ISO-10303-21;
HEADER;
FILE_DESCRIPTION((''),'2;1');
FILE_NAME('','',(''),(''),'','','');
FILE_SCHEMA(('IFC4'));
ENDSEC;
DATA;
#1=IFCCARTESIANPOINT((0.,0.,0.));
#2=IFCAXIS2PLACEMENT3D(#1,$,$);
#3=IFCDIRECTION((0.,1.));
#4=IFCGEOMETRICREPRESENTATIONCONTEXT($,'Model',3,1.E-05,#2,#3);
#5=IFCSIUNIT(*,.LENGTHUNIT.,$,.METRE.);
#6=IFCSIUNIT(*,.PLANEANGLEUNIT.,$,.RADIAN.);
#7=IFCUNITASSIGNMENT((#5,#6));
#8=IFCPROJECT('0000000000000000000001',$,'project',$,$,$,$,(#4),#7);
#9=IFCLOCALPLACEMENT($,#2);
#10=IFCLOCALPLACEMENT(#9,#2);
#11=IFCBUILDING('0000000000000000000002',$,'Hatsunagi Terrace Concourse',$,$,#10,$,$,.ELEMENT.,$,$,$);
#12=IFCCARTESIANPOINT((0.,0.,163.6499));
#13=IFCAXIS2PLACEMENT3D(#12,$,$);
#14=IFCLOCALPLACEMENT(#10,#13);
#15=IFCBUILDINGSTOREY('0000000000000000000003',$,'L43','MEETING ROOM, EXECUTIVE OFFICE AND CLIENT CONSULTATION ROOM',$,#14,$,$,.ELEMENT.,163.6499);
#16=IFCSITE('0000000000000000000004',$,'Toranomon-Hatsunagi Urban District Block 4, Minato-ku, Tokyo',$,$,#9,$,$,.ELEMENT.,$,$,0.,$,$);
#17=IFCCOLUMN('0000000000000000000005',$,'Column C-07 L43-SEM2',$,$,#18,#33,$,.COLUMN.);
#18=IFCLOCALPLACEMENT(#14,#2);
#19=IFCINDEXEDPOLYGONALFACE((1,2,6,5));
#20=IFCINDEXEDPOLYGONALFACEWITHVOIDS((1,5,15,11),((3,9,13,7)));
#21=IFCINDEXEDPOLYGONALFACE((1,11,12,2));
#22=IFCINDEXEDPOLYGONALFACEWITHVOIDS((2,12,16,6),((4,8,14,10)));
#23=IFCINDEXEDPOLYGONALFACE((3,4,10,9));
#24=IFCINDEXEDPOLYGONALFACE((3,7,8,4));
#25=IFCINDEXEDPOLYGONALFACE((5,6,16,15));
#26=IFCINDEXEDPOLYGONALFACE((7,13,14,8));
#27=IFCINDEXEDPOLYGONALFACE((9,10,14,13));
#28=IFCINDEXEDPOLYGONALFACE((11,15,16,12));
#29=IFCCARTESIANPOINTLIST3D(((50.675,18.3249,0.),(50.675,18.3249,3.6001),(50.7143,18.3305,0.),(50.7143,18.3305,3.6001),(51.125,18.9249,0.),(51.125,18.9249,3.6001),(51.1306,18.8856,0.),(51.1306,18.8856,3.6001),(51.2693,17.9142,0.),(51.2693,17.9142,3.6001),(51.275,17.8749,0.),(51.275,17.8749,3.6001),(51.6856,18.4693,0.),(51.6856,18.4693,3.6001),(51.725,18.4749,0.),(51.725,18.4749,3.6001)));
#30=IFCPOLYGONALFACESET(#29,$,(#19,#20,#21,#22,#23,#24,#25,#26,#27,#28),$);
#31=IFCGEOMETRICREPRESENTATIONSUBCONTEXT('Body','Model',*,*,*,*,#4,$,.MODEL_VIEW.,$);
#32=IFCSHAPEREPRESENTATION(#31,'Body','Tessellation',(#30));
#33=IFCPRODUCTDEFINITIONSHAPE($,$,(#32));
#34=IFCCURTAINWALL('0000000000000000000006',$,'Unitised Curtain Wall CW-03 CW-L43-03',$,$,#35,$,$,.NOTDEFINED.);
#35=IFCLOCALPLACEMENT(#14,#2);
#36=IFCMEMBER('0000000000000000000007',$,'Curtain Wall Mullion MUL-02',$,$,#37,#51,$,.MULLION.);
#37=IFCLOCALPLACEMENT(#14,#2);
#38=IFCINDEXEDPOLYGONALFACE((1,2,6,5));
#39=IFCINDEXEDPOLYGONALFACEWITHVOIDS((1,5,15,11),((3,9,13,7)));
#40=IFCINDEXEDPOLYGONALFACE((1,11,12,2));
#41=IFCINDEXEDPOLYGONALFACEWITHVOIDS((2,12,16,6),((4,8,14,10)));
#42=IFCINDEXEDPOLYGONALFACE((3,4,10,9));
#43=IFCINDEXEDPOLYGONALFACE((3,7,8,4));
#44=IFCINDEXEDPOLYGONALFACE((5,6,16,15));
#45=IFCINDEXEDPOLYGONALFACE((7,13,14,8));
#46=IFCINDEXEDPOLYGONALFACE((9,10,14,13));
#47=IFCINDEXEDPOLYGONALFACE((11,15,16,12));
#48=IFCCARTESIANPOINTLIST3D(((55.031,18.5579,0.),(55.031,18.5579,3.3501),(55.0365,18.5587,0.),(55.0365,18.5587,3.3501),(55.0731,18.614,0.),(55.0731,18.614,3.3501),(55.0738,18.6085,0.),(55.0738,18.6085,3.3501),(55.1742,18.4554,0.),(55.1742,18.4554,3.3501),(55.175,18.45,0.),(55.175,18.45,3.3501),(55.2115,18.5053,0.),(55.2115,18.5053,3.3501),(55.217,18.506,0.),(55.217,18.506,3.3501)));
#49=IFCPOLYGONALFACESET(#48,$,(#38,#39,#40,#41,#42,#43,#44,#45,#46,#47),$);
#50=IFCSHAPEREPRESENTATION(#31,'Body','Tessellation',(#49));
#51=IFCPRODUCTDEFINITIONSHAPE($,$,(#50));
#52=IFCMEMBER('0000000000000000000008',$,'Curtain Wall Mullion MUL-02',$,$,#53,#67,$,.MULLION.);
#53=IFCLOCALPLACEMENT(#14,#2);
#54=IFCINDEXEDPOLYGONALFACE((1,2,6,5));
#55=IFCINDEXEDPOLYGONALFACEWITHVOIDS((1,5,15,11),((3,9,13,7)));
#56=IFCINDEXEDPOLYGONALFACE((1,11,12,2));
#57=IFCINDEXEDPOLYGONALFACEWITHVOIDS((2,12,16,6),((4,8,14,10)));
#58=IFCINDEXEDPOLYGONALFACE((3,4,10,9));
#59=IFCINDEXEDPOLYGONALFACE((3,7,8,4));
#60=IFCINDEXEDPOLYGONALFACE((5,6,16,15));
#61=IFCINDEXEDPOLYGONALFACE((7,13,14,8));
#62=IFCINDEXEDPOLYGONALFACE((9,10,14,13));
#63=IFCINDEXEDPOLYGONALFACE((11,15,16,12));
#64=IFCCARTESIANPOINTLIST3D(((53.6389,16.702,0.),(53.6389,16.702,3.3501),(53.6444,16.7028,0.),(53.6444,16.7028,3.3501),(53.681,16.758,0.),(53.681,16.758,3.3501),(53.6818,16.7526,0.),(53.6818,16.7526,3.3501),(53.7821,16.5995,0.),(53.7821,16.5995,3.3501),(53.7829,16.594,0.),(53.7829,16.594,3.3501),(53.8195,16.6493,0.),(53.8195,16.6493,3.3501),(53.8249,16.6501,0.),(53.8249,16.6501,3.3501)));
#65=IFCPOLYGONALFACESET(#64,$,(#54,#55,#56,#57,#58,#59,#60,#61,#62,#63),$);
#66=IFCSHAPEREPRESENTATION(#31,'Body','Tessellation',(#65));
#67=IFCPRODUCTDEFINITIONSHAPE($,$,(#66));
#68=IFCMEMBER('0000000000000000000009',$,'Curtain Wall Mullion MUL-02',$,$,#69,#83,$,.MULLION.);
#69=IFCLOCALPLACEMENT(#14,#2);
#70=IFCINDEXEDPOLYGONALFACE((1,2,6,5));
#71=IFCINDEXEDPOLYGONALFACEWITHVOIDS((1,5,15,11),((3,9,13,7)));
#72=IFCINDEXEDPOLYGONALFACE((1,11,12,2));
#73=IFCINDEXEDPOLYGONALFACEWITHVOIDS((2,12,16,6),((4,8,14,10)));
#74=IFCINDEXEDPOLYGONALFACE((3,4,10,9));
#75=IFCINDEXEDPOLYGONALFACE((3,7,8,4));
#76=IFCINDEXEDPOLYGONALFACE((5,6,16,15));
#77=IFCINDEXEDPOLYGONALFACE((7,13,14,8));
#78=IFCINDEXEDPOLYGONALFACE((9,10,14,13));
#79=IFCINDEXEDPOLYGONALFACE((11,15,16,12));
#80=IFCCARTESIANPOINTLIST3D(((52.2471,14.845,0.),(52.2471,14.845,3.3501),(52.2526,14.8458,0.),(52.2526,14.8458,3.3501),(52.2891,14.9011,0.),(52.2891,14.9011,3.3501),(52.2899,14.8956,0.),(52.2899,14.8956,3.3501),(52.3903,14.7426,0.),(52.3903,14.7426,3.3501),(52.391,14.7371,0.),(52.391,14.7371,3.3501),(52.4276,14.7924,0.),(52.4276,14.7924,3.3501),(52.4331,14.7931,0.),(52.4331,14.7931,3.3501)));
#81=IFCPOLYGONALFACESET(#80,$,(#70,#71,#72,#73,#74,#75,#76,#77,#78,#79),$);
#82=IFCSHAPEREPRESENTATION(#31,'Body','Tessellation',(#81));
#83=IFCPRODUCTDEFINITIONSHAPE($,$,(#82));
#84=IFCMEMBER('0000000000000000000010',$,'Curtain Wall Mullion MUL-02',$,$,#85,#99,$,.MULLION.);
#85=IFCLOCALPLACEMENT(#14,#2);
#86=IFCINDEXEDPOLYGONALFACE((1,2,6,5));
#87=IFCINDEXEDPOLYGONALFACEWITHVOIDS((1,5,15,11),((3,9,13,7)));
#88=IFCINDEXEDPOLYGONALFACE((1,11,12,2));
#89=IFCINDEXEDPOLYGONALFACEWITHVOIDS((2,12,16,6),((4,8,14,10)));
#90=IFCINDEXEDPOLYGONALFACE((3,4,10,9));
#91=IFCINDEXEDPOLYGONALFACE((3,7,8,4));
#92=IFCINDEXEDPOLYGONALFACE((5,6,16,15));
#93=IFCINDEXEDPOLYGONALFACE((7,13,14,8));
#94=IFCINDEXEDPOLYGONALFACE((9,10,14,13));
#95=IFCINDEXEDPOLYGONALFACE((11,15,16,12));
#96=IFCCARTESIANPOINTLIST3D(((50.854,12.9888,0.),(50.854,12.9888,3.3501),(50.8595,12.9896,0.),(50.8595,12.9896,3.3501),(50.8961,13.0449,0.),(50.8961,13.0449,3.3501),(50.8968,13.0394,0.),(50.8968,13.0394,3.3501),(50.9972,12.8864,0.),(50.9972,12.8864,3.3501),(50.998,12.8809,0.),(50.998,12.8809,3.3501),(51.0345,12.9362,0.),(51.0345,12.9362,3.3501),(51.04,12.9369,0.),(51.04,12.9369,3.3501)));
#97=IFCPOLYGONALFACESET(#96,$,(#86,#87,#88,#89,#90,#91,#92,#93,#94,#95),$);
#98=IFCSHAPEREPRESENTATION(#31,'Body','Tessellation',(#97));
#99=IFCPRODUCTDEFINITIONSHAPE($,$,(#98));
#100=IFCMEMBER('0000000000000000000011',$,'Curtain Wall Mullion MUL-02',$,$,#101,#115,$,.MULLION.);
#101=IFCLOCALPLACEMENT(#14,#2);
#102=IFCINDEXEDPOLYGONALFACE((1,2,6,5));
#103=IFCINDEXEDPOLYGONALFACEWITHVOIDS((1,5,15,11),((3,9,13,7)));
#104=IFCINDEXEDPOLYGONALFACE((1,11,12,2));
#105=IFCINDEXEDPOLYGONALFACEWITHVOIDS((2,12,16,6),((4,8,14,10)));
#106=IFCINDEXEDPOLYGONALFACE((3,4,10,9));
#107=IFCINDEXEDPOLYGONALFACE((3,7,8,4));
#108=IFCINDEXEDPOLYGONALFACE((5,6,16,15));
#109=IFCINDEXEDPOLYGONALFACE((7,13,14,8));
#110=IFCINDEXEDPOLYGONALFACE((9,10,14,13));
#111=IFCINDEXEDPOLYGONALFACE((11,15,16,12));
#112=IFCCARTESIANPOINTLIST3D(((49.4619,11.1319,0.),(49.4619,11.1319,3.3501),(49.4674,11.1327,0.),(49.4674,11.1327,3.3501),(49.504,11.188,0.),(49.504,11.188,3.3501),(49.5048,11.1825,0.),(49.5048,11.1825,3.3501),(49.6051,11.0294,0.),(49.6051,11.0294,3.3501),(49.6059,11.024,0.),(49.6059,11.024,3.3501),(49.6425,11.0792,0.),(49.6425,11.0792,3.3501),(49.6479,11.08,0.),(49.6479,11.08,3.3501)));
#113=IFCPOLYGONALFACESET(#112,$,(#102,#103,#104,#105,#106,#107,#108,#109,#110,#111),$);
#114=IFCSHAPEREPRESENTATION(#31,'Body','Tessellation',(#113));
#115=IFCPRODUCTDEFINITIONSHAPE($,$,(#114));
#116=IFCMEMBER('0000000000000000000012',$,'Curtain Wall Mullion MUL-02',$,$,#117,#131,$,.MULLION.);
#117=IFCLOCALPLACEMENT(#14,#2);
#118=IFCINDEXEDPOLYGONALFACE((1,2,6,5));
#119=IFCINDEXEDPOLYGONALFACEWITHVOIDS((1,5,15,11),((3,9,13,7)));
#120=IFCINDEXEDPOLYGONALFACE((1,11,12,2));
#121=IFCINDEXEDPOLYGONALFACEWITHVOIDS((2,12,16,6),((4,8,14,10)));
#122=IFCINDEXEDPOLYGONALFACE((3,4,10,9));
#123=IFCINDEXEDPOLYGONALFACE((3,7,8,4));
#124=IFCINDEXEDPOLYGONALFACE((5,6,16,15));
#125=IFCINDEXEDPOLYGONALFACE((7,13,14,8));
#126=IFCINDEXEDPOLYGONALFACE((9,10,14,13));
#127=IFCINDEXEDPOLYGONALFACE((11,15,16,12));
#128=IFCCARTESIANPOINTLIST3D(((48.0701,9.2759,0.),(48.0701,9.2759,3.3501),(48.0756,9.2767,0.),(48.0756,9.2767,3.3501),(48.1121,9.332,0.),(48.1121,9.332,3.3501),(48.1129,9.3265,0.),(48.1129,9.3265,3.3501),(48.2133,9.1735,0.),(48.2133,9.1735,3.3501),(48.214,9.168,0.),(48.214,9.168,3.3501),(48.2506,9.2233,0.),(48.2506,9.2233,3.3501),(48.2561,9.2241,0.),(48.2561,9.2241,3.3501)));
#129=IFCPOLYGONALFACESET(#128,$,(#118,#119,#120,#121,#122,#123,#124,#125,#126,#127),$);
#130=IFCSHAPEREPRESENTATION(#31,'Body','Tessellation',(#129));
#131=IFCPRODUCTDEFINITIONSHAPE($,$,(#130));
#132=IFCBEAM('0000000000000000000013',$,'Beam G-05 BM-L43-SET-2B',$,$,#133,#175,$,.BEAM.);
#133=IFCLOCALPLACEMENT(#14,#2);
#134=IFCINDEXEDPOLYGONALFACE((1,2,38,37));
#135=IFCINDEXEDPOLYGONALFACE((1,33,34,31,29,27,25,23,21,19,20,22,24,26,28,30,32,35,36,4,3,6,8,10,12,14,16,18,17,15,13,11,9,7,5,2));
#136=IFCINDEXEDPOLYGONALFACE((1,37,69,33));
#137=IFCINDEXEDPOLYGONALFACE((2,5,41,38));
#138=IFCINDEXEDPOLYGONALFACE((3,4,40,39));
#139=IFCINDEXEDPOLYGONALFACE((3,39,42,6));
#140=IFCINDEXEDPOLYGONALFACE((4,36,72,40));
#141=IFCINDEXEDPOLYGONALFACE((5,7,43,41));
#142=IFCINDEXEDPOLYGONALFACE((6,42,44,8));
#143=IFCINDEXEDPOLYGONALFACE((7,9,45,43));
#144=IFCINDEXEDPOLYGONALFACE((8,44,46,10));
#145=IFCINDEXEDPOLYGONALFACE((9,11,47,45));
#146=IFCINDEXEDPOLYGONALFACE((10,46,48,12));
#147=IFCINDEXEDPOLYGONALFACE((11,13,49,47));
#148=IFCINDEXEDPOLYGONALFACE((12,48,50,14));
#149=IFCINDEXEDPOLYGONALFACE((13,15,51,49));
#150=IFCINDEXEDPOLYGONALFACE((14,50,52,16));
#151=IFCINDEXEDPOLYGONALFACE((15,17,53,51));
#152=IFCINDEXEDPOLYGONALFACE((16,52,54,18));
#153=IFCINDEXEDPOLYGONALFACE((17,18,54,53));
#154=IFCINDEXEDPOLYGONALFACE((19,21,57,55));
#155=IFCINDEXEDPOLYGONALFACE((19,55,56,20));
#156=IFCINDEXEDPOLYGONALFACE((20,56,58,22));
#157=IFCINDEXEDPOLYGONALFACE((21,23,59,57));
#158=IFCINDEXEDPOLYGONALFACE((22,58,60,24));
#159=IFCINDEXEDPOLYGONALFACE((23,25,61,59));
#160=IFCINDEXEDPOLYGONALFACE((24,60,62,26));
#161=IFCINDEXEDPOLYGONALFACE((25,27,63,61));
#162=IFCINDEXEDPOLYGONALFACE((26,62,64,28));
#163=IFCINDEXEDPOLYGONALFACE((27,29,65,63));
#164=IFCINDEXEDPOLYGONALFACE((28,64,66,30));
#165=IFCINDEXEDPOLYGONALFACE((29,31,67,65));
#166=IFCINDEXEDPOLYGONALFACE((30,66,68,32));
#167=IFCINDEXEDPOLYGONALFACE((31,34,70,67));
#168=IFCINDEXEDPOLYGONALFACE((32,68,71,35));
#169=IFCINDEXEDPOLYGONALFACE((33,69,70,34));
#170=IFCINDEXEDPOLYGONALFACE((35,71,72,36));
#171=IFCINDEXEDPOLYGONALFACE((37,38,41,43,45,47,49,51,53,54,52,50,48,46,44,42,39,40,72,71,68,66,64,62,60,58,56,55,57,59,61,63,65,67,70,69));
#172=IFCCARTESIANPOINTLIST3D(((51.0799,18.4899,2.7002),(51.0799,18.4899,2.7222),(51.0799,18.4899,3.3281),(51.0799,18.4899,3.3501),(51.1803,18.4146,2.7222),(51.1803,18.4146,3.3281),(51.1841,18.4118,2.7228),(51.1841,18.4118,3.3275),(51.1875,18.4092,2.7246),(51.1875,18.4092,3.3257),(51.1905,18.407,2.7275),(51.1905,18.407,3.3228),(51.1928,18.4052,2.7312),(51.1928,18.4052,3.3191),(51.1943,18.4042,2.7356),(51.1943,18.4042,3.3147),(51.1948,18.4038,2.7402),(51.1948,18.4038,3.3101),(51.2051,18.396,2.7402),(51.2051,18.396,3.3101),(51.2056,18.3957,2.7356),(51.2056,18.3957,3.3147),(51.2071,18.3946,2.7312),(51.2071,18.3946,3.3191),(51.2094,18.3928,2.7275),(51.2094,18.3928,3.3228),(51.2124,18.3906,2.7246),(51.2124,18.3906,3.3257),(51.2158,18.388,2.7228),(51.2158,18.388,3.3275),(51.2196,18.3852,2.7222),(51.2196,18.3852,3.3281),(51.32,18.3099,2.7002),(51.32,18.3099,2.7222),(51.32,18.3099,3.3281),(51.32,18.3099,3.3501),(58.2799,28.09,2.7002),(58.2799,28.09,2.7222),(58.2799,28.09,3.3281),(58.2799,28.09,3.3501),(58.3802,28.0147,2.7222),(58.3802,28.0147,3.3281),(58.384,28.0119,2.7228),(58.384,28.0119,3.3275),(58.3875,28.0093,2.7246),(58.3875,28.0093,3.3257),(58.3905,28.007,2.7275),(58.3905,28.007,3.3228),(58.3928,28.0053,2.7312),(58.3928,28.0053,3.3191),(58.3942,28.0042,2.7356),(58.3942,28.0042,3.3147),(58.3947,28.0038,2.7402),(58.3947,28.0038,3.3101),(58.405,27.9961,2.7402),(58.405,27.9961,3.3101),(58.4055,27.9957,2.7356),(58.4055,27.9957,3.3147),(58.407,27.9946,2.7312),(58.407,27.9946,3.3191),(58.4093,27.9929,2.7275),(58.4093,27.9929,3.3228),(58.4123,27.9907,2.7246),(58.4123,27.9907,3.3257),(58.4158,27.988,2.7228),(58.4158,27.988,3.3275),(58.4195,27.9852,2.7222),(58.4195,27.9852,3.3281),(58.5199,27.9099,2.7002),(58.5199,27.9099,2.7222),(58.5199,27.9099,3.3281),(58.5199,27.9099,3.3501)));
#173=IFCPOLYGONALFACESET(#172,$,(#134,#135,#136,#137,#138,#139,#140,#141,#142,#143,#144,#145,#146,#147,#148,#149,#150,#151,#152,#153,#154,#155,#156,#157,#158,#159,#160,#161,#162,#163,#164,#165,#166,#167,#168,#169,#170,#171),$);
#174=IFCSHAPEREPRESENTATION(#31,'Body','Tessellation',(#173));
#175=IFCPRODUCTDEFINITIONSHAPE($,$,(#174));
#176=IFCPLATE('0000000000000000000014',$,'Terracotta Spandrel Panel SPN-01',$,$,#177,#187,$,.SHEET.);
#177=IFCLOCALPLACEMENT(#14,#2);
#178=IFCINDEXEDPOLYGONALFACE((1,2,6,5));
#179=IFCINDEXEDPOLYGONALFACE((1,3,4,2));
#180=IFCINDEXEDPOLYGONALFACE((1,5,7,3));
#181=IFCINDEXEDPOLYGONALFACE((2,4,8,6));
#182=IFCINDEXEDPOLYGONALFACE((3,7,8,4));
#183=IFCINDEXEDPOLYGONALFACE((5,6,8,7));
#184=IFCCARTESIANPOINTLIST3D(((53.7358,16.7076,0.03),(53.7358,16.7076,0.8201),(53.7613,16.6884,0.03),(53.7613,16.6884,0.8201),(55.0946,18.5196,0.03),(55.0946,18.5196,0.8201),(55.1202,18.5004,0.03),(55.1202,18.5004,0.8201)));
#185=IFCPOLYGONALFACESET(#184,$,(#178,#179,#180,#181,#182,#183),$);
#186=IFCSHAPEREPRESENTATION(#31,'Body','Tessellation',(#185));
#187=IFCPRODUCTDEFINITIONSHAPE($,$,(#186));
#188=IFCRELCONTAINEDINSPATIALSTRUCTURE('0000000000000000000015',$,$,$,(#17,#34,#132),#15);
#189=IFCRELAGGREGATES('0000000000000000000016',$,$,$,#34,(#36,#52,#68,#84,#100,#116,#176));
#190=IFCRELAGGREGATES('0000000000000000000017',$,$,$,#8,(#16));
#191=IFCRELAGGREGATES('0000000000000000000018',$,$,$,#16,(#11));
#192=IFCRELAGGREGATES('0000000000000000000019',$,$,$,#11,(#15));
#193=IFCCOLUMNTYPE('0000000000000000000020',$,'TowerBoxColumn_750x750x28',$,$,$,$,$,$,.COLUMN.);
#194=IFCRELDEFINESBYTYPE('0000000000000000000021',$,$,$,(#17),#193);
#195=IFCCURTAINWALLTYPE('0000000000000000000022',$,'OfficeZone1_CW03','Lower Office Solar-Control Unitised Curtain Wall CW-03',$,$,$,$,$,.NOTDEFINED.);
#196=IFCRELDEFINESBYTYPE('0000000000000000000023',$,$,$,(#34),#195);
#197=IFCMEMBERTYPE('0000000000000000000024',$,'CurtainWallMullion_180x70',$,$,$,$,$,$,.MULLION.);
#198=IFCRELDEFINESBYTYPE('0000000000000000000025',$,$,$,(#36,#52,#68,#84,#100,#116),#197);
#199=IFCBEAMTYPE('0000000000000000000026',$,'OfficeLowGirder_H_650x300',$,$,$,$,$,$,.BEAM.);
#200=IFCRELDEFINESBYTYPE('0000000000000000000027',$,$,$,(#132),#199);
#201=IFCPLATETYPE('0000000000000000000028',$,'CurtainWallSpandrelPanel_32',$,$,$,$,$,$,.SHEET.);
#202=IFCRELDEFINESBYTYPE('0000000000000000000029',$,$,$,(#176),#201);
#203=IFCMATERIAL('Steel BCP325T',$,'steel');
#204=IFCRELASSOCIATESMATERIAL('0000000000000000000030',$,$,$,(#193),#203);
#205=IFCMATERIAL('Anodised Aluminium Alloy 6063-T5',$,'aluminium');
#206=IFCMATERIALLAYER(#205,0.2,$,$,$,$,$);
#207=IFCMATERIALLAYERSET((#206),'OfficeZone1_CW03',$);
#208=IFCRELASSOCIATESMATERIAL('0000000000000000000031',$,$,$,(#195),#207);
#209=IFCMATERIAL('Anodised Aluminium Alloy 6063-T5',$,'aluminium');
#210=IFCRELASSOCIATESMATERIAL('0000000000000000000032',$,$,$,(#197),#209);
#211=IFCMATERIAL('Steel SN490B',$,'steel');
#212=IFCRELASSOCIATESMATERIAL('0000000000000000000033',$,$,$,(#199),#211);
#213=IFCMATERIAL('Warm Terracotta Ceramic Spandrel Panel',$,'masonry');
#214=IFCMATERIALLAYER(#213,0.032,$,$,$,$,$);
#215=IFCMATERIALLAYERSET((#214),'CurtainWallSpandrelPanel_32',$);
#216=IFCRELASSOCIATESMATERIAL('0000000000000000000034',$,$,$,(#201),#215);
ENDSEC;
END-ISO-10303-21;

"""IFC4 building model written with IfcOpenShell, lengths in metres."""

from ifc_helpers import new_model, si_unit, direction, frame, origin, origin_2d, place, context, subcontext, project, spatial, rectangle, hollow_rectangle, i_section, extrude, material, layer, layer_set, material_profile, profile_set, type_object, element, aggregate, save


model = new_model("IFC4")

# Units and contexts
model_context = context("Model", 3, precision=1e-05, world=origin(), true_north=direction((0.0, 1.0)))
body_context = subcontext(model_context, "Body", "Model", "MODEL_VIEW")
ifc_project = project(units=[si_unit("LENGTHUNIT", "METRE"), si_unit("PLANEANGLEUNIT", "RADIAN")], contexts=[model_context])

# Site, building, storey
site_placement = place(None, origin())
site = spatial("IfcSite", under=ifc_project, at=site_placement, Name="Toranomon-Hatsunagi Urban District Block 4, Minato-ku, Tokyo", CompositionType="ELEMENT", RefElevation=0.0)
building_placement = place(site_placement, origin())
building = spatial("IfcBuilding", under=site, at=building_placement, Name="Hatsunagi Terrace Concourse", CompositionType="ELEMENT")
storey_placement = place(building_placement, frame((0.0, 0.0, 163.6499)))
storey = spatial("IfcBuildingStorey", under=building, at=storey_placement, Name="L43", Description="MEETING ROOM, EXECUTIVE OFFICE AND CLIENT CONSULTATION ROOM", CompositionType="ELEMENT", Elevation=163.6499)

# Column
ifc_material_1 = material(Name="Steel BCP325T", Category="steel")
ifc_material_profile_1 = material_profile(ifc_material_1, hollow_rectangle(XDim=0.75, YDim=0.75, WallThickness=0.0281, at=origin_2d()), Name="BCP-750x750x28")
ifc_profile_set_1 = profile_set([ifc_material_profile_1], Name="Steel BCP325T")
column_type = type_object("IfcColumnType", Name="TowerBoxColumn_750x750x28", PredefinedType="COLUMN", material=ifc_profile_set_1)
column_placement = place(storey_placement, frame((51.2, 18.3999, 0.0), z_axis=(0.0, 0.0, 1.0), x_axis=(0.8, -0.6, 0.0)))
element("IfcColumn", 1, at=column_placement, inside=storey, type_object=column_type, Name="Column C-07 L43-SEM2", PredefinedType="COLUMN", context=body_context, shape_type="SweptSolid", body=[
    extrude(hollow_rectangle(XDim=0.75, YDim=0.75, WallThickness=0.0281, at=origin_2d()), origin(), (0.0, 0.0, 1.0), 3.6001),
])

# Curtain wall, members
ifc_material_2 = material(Name="Anodised Aluminium Alloy 6063-T5", Category="aluminium")
ifc_layer_1 = layer(ifc_material_2, 0.2)
ifc_layer_set_1 = layer_set([ifc_layer_1], Name="OfficeZone1_CW03")
curtain_wall_type = type_object("IfcCurtainWallType", Name="OfficeZone1_CW03", Description="Lower Office Solar-Control Unitised Curtain Wall CW-03", PredefinedType="NOTDEFINED", material=ifc_layer_set_1)
curtain_wall_placement = place(storey_placement, origin())
curtain_wall = element("IfcCurtainWall", 2, at=curtain_wall_placement, inside=storey, type_object=curtain_wall_type, Name="Unitised Curtain Wall CW-03 CW-L43-03", PredefinedType="NOTDEFINED")
ifc_material_3 = material(Name="Anodised Aluminium Alloy 6063-T5", Category="aluminium")
ifc_material_profile_2 = material_profile(ifc_material_3, hollow_rectangle(XDim=0.0701, YDim=0.1799, WallThickness=0.0039, at=origin_2d()), Name="ALU-MUL-180x70x4")
ifc_profile_set_2 = profile_set([ifc_material_profile_2], Name="Anodised Aluminium Alloy 6063-T5")
member_type = type_object("IfcMemberType", Name="CurtainWallMullion_180x70", PredefinedType="MULLION", material=ifc_profile_set_2)
member_1_placement = place(storey_placement, frame((55.124, 18.532, 0.0), z_axis=(0.0, 0.0, 1.0), x_axis=(-0.599969, -0.800023, 0.0)))
member_1 = element("IfcMember", 3, at=member_1_placement, type_object=member_type, Name="Curtain Wall Mullion MUL-02", PredefinedType="MULLION", context=body_context, shape_type="SweptSolid", body=[
    extrude(hollow_rectangle(XDim=0.0701, YDim=0.1799, WallThickness=0.0039, at=origin_2d()), origin(), (0.0, 0.0, 1.0), 3.3501),
])
member_2_placement = place(storey_placement, frame((53.7319, 16.676, 0.0), z_axis=(0.0, 0.0, 1.0), x_axis=(-0.599969, -0.800023, 0.0)))
member_2 = element("IfcMember", 4, at=member_2_placement, type_object=member_type, Name="Curtain Wall Mullion MUL-02", PredefinedType="MULLION", context=body_context, shape_type="SweptSolid", body=[
    extrude(hollow_rectangle(XDim=0.0701, YDim=0.1799, WallThickness=0.0039, at=origin_2d()), origin(), (0.0, 0.0, 1.0), 3.3501),
])
member_3_placement = place(storey_placement, frame((52.3401, 14.8191, 0.0), z_axis=(0.0, 0.0, 1.0), x_axis=(-0.599969, -0.800023, 0.0)))
member_3 = element("IfcMember", 5, at=member_3_placement, type_object=member_type, Name="Curtain Wall Mullion MUL-02", PredefinedType="MULLION", context=body_context, shape_type="SweptSolid", body=[
    extrude(hollow_rectangle(XDim=0.0701, YDim=0.1799, WallThickness=0.0039, at=origin_2d()), origin(), (0.0, 0.0, 1.0), 3.3501),
])
member_4_placement = place(storey_placement, frame((50.947, 12.9629, 0.0), z_axis=(0.0, 0.0, 1.0), x_axis=(-0.599969, -0.800023, 0.0)))
member_4 = element("IfcMember", 6, at=member_4_placement, type_object=member_type, Name="Curtain Wall Mullion MUL-02", PredefinedType="MULLION", context=body_context, shape_type="SweptSolid", body=[
    extrude(hollow_rectangle(XDim=0.0701, YDim=0.1799, WallThickness=0.0039, at=origin_2d()), origin(), (0.0, 0.0, 1.0), 3.3501),
])
member_5_placement = place(storey_placement, frame((49.5549, 11.106, 0.0), z_axis=(0.0, 0.0, 1.0), x_axis=(-0.599969, -0.800023, 0.0)))
member_5 = element("IfcMember", 7, at=member_5_placement, type_object=member_type, Name="Curtain Wall Mullion MUL-02", PredefinedType="MULLION", context=body_context, shape_type="SweptSolid", body=[
    extrude(hollow_rectangle(XDim=0.0701, YDim=0.1799, WallThickness=0.0039, at=origin_2d()), origin(), (0.0, 0.0, 1.0), 3.3501),
])
member_6_placement = place(storey_placement, frame((48.1631, 9.25, 0.0), z_axis=(0.0, 0.0, 1.0), x_axis=(-0.599969, -0.800023, 0.0)))
member_6 = element("IfcMember", 8, at=member_6_placement, type_object=member_type, Name="Curtain Wall Mullion MUL-02", PredefinedType="MULLION", context=body_context, shape_type="SweptSolid", body=[
    extrude(hollow_rectangle(XDim=0.0701, YDim=0.1799, WallThickness=0.0039, at=origin_2d()), origin(), (0.0, 0.0, 1.0), 3.3501),
])

# Beam
ifc_material_4 = material(Name="Steel SN490B", Category="steel")
ifc_material_profile_3 = material_profile(ifc_material_4, i_section(OverallWidth=0.3, OverallDepth=0.6499, WebThickness=0.0129, FlangeThickness=0.022, FilletRadius=0.0181, at=origin_2d()), Name="H-650x300x13x22")
ifc_profile_set_3 = profile_set([ifc_material_profile_3], Name="Steel SN490B")
beam_type = type_object("IfcBeamType", Name="OfficeLowGirder_H_650x300", PredefinedType="BEAM", material=ifc_profile_set_3)
beam_placement = place(storey_placement, frame((51.2, 18.3999, 3.0251), z_axis=(0.599993, 0.800005, 0.0), x_axis=(-0.800005, 0.599993, 0.0)))
element("IfcBeam", 9, at=beam_placement, inside=storey, type_object=beam_type, Name="Beam G-05 BM-L43-SET-2B", PredefinedType="BEAM", context=body_context, shape_type="SweptSolid", body=[
    extrude(i_section(OverallWidth=0.3, OverallDepth=0.6499, WebThickness=0.0129, FlangeThickness=0.022, FilletRadius=0.0181, at=origin_2d()), origin(), (0.0, 0.0, 1.0), 12.0),
])

# Plate
ifc_material_5 = material(Name="Warm Terracotta Ceramic Spandrel Panel", Category="masonry")
ifc_layer_2 = layer(ifc_material_5, 0.032)
ifc_layer_set_2 = layer_set([ifc_layer_2], Name="CurtainWallSpandrelPanel_32")
plate_type_1 = type_object("IfcPlateType", Name="CurtainWallSpandrelPanel_32", PredefinedType="SHEET", material=ifc_layer_set_2)
plate_1_placement = place(storey_placement, frame((54.428, 17.604, 0.03), z_axis=(0.0, 0.0, 1.0), x_axis=(-0.599969, -0.800023, 0.0)))
plate_1 = element("IfcPlate", 10, at=plate_1_placement, type_object=plate_type_1, Name="Terracotta Spandrel Panel SPN-01", PredefinedType="SHEET", context=body_context, shape_type="SweptSolid", body=[
    extrude(rectangle(XDim=2.2649, YDim=0.032, at=origin_2d()), origin(), (0.0, 0.0, 1.0), 0.79),
])
aggregate(curtain_wall, [member_1, member_2, member_3, member_4, member_5, member_6, plate_1])

save(model, "model.ifc")
